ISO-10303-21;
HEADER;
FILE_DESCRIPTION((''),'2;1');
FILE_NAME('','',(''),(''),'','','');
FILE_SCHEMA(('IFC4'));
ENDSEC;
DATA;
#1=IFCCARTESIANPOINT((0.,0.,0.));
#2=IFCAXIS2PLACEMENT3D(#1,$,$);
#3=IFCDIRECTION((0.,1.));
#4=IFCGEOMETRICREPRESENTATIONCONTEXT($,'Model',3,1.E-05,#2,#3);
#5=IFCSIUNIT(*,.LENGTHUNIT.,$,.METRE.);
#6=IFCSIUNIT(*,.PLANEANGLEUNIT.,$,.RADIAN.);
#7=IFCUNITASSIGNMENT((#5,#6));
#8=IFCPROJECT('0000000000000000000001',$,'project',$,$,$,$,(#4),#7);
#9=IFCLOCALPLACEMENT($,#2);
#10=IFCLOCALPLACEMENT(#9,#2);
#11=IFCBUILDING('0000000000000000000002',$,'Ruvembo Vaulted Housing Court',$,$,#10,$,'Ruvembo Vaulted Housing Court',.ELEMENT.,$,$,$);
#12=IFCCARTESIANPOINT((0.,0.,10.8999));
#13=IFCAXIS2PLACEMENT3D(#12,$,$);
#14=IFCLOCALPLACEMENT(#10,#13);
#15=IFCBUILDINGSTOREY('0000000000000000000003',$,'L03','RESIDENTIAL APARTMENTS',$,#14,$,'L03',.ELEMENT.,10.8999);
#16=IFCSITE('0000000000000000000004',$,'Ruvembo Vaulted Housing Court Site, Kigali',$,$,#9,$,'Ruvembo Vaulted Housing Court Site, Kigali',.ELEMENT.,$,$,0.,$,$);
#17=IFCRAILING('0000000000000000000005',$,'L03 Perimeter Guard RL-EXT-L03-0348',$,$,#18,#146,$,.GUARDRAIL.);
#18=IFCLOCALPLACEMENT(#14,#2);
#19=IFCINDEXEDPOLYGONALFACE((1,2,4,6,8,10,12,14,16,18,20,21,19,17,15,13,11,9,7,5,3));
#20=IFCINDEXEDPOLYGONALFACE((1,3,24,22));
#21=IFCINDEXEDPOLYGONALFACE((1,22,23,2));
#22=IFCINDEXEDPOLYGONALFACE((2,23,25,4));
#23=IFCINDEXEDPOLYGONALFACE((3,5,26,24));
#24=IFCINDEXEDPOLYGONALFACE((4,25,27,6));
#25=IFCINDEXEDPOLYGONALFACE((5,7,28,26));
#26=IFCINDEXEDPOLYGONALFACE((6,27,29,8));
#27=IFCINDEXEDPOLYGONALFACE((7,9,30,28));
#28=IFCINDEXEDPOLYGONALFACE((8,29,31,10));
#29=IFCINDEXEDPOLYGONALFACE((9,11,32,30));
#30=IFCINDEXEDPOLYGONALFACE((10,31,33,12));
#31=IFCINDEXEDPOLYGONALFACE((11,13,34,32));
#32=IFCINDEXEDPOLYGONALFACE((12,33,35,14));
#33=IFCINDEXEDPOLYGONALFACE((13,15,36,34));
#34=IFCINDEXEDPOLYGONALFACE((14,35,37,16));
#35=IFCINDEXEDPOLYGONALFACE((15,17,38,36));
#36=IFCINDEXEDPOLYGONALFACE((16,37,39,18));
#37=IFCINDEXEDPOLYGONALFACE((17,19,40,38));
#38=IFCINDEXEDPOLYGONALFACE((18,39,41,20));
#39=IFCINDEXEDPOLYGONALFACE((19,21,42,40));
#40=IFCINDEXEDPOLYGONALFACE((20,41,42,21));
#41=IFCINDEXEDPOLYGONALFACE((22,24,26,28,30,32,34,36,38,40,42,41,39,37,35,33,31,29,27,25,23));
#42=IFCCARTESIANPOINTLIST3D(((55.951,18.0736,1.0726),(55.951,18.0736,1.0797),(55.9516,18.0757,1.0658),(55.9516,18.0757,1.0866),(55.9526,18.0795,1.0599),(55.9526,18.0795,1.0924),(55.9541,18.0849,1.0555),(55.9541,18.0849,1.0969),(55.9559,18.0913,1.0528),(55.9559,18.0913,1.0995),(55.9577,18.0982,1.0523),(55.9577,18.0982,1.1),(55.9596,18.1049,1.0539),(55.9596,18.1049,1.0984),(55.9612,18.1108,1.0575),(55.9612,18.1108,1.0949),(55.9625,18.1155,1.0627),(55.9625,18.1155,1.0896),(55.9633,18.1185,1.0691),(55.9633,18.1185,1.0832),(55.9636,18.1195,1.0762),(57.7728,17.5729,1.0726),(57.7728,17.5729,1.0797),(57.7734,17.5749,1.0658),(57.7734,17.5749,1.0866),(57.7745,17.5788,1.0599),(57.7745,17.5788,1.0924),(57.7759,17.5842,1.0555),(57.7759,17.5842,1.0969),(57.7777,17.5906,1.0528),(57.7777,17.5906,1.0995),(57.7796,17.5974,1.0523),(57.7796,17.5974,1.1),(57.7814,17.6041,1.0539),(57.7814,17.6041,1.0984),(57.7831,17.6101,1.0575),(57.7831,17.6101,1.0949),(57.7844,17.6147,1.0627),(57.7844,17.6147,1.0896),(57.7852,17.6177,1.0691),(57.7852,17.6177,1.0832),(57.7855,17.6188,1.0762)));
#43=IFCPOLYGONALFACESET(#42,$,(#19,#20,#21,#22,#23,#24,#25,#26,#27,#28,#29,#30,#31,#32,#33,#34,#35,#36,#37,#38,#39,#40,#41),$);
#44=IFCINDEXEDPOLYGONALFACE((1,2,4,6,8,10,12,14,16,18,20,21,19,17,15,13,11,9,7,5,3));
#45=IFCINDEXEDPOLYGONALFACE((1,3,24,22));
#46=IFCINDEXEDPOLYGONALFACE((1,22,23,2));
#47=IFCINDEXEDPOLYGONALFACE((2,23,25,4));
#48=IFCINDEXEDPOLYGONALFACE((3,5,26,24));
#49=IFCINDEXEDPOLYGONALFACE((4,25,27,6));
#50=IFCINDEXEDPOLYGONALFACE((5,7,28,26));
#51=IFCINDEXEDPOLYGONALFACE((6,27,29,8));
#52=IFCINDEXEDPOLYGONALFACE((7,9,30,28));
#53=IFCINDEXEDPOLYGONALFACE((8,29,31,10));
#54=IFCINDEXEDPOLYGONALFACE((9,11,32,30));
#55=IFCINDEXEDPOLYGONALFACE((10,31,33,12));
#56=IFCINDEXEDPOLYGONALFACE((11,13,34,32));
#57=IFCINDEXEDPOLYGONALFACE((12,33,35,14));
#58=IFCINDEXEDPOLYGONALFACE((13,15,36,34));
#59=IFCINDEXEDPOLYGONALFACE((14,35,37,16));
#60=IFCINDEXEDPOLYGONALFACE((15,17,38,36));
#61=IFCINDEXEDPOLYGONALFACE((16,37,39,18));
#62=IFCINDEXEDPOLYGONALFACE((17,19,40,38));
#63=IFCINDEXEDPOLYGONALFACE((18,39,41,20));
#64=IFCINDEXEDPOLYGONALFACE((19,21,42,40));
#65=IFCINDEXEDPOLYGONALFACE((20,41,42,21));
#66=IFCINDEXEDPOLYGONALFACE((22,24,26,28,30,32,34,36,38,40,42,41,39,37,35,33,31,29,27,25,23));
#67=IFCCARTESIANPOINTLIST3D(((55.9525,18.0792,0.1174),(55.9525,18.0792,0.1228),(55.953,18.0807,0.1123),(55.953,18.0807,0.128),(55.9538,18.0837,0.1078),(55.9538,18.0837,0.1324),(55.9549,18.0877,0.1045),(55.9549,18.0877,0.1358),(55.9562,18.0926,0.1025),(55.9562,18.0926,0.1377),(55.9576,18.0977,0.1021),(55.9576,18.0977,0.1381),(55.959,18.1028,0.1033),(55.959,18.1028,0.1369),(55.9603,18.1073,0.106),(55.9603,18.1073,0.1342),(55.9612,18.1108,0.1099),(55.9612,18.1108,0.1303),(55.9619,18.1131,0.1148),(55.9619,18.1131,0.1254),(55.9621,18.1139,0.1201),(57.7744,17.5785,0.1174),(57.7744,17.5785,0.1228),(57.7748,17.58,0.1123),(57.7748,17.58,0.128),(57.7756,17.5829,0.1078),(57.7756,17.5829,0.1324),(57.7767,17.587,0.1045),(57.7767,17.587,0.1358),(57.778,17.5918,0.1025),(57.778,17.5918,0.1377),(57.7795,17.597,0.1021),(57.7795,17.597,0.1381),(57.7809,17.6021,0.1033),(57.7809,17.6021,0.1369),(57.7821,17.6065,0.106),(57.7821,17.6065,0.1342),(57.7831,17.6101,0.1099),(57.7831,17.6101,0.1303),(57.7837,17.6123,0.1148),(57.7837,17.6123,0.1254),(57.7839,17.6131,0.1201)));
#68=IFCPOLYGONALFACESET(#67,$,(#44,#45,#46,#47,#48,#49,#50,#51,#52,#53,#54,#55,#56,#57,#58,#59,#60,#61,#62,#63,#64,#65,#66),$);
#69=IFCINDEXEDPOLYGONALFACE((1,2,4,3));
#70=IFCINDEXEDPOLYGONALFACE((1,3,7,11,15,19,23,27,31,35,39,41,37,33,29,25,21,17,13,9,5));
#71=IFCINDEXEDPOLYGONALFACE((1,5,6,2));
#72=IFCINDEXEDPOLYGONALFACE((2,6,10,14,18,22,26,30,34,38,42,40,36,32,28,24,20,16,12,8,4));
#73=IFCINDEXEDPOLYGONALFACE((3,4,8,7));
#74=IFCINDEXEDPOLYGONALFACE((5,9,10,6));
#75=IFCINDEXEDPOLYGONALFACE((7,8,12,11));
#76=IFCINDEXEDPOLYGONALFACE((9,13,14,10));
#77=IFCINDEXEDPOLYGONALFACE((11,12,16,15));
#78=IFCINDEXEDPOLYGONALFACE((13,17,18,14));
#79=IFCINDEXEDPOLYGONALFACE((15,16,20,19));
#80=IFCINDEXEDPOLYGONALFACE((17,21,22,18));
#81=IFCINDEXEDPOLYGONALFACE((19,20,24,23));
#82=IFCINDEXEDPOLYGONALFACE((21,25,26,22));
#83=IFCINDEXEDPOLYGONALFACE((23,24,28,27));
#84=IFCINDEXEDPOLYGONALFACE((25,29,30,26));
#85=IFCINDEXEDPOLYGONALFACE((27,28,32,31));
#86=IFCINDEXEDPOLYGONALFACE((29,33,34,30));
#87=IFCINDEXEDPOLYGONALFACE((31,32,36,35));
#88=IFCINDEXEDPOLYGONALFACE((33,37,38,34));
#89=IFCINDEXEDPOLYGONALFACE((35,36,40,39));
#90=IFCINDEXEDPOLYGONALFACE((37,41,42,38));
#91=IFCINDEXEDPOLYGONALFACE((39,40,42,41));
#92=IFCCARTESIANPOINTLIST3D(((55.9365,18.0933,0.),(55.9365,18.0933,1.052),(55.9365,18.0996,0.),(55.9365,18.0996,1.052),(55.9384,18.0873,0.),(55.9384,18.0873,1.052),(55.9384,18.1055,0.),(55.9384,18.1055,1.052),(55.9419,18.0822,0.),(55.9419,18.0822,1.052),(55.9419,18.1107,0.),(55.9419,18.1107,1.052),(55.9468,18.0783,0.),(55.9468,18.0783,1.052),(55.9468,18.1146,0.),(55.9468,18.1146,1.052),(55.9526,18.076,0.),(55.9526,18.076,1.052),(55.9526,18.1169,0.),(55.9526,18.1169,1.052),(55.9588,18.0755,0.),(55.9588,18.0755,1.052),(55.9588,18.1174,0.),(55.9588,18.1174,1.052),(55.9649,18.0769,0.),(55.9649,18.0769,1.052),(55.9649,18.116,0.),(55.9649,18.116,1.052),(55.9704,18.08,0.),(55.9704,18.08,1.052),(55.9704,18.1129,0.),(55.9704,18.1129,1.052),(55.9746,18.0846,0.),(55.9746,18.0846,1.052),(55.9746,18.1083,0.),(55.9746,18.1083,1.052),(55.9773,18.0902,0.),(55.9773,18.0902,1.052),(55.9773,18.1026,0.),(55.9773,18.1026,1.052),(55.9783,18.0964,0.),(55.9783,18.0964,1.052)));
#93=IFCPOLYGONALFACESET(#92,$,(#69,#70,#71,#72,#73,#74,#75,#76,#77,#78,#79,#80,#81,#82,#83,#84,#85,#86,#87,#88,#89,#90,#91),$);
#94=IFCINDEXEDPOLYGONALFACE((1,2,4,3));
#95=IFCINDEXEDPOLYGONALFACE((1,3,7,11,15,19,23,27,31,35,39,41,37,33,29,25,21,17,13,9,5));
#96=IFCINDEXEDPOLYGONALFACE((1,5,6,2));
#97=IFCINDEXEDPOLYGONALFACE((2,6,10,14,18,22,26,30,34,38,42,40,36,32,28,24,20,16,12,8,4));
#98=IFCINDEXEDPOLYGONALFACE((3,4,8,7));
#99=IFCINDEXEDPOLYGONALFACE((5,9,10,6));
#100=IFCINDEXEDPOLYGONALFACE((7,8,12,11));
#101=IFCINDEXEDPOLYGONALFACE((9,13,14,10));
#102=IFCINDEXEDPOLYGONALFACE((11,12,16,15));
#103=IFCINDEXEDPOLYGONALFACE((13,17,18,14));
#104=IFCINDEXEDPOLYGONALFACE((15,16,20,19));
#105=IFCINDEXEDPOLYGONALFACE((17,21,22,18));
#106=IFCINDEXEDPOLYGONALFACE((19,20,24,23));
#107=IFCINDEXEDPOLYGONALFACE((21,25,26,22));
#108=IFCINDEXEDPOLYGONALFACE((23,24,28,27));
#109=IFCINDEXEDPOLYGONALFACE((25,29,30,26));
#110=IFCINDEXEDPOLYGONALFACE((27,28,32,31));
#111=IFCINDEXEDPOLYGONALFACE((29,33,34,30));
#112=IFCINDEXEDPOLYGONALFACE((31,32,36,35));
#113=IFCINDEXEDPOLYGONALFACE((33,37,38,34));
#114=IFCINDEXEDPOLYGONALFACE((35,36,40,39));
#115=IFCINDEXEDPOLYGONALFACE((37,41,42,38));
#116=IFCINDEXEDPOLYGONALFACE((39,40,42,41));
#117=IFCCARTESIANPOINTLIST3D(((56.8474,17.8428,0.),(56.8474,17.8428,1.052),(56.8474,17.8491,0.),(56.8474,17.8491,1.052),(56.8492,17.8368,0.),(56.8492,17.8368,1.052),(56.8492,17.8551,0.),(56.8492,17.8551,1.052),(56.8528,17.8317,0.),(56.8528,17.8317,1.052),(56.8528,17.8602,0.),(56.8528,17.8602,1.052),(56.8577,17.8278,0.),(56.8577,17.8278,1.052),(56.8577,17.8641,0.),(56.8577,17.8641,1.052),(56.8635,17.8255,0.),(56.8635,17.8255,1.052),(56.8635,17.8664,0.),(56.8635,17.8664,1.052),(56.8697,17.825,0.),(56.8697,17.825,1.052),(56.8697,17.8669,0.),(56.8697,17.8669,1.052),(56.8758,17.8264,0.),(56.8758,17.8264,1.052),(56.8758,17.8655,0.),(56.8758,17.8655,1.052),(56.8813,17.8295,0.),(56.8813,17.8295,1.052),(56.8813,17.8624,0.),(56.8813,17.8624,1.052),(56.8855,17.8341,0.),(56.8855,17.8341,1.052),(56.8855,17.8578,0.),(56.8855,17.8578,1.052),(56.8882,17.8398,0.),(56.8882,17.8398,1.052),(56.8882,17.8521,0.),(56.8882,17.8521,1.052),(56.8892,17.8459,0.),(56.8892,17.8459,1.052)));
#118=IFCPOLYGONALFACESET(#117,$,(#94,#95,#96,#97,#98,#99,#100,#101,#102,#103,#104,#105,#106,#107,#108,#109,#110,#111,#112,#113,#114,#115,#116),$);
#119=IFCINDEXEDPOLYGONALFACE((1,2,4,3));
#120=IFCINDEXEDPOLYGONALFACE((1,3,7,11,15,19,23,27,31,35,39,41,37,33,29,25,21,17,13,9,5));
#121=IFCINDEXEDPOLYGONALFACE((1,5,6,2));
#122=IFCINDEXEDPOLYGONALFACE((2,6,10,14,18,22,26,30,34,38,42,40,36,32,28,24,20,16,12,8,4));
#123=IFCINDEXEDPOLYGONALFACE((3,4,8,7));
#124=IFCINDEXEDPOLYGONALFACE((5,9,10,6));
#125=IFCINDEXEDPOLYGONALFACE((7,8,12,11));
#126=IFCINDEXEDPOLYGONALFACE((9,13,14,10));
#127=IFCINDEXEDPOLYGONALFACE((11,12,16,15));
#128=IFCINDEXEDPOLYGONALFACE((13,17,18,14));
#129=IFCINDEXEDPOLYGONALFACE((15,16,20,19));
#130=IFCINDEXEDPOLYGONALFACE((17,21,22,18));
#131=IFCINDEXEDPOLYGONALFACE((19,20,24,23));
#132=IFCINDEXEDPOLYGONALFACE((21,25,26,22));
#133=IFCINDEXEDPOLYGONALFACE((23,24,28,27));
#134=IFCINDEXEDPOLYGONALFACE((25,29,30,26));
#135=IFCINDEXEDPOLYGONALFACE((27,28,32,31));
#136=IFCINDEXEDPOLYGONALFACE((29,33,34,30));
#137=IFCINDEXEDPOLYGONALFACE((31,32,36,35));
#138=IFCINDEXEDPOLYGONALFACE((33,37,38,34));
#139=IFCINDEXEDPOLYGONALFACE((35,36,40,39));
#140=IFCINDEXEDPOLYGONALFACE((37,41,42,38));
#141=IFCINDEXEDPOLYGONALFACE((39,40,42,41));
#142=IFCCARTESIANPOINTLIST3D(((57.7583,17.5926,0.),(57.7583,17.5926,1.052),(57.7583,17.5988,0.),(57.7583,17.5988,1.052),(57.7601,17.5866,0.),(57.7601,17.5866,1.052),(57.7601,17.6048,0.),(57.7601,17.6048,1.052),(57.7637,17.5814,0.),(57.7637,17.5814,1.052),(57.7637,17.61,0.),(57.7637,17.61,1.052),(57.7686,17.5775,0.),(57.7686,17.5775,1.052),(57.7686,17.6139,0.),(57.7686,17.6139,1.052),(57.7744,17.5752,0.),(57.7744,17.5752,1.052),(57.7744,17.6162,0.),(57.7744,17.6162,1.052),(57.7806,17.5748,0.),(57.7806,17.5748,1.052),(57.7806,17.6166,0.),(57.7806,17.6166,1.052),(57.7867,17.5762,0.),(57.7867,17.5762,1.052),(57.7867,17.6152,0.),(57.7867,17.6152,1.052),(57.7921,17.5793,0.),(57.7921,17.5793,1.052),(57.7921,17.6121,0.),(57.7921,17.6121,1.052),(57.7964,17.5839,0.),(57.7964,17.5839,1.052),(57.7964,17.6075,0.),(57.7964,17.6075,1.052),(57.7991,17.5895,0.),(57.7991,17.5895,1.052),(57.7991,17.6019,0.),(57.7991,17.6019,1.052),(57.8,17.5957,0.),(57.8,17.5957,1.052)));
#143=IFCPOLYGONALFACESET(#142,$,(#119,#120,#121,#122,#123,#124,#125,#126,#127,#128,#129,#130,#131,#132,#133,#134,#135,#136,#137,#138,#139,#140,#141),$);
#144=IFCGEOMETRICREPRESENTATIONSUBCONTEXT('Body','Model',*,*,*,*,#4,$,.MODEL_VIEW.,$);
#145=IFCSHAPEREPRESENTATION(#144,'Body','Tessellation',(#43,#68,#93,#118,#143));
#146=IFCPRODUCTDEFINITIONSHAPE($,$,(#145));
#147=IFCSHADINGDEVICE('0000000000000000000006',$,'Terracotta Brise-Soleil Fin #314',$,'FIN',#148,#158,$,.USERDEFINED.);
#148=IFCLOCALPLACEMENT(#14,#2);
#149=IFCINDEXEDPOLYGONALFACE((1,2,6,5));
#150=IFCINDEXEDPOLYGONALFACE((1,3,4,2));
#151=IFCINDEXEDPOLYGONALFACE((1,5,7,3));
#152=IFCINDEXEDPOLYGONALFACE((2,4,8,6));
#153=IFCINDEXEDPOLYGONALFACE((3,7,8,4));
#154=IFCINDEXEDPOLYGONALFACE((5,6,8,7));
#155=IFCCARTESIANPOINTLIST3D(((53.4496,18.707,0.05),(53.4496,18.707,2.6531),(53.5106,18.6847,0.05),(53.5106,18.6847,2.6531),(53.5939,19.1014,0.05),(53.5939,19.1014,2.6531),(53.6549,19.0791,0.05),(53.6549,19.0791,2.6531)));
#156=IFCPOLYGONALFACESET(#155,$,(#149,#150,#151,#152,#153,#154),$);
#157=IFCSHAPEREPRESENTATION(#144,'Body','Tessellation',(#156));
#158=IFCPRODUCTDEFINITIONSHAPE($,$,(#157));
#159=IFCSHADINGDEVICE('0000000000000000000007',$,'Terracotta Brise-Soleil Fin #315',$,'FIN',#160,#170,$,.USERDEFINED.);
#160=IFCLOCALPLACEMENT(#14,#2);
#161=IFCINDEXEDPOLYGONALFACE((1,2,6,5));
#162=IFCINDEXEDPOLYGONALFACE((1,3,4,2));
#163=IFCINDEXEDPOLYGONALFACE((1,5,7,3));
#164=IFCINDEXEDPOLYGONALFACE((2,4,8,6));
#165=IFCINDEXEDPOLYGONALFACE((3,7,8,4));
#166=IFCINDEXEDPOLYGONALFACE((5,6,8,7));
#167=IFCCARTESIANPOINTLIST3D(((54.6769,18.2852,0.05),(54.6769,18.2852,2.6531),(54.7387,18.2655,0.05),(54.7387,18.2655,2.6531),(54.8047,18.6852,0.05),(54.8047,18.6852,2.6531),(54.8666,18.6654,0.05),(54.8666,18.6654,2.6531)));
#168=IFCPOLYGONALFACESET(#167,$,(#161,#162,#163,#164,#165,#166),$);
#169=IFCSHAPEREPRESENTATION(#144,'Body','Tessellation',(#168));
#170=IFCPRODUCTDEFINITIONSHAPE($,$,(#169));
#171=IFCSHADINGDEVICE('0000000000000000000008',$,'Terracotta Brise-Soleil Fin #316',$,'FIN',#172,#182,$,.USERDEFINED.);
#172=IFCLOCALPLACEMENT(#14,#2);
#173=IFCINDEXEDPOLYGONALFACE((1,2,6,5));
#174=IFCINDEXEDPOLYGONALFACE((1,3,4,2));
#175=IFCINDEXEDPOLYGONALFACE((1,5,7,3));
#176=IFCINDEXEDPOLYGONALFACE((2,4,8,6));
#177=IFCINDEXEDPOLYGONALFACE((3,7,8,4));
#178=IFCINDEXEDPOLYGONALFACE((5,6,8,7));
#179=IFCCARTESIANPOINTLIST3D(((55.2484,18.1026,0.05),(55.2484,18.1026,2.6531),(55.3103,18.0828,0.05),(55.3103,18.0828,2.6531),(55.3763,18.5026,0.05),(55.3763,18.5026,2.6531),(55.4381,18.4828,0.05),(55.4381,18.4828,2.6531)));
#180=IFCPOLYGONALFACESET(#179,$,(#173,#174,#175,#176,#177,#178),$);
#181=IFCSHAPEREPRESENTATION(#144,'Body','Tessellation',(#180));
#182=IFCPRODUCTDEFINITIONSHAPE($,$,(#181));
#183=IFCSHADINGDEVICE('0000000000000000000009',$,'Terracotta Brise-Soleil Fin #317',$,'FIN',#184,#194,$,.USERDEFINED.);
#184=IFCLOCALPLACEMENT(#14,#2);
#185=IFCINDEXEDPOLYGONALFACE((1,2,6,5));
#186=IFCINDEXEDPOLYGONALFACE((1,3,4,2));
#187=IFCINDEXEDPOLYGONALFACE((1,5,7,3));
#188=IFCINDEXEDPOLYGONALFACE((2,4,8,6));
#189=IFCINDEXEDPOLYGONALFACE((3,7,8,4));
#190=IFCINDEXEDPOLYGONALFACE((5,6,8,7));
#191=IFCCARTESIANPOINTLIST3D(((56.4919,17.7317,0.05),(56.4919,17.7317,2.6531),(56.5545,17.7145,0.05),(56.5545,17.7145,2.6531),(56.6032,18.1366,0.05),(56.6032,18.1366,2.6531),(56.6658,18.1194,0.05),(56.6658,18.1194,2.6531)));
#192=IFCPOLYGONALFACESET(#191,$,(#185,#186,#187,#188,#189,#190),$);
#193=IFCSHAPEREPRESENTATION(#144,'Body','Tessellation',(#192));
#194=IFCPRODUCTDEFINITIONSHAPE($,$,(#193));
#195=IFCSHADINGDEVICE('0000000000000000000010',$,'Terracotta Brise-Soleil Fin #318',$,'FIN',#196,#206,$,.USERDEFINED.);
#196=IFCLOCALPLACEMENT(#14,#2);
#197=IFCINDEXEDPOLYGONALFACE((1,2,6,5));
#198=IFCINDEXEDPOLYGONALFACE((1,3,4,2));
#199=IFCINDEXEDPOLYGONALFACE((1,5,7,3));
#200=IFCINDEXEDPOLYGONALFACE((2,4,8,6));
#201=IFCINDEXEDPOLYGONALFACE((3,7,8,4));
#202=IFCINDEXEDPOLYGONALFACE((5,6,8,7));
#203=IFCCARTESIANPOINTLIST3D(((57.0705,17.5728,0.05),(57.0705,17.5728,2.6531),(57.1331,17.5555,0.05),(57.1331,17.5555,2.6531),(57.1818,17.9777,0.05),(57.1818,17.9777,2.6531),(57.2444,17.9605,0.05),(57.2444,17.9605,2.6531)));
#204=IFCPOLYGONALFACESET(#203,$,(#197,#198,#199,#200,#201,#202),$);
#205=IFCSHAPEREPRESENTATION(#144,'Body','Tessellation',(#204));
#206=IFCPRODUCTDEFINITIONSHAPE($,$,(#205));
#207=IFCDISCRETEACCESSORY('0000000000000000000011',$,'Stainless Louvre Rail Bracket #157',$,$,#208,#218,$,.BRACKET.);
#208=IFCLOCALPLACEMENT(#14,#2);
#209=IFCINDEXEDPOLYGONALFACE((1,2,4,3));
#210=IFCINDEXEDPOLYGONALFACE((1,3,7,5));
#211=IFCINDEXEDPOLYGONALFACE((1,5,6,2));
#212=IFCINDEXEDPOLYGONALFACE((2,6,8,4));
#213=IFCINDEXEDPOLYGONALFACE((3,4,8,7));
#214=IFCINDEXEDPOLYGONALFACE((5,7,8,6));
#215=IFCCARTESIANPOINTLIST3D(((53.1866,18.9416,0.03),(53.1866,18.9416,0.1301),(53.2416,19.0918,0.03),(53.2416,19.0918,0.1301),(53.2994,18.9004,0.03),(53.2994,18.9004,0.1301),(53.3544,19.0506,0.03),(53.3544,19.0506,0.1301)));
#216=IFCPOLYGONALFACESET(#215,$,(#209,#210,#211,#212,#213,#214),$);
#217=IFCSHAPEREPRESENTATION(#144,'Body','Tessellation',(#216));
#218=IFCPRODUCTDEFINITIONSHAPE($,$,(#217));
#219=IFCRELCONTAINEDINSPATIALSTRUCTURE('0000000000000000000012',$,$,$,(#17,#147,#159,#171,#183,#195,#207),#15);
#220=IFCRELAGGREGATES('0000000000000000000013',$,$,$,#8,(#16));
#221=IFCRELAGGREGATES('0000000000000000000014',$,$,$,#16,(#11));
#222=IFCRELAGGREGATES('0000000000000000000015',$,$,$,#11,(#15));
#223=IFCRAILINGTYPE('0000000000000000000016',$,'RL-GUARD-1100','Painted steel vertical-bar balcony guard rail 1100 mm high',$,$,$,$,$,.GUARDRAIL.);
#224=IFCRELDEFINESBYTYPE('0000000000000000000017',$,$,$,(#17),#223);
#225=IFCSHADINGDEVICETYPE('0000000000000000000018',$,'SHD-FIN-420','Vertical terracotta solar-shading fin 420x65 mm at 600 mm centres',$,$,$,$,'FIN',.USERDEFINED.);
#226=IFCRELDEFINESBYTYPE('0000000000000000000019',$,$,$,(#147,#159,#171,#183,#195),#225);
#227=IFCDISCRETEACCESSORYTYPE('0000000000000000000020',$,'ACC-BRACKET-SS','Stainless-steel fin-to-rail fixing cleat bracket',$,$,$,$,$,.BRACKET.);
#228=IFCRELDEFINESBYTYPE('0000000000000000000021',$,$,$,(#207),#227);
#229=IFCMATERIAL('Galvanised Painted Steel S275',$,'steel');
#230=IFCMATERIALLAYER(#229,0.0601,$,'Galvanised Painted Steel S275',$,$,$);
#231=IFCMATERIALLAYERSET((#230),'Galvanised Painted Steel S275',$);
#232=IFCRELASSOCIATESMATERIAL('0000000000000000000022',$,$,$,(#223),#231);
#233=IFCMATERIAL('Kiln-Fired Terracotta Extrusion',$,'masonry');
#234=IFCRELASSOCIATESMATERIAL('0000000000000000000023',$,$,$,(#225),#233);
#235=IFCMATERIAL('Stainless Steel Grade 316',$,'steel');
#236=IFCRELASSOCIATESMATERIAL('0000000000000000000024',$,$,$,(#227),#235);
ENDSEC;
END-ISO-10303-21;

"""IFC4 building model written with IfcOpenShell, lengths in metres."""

from ifc_helpers import new_model, si_unit, direction, frame, origin, origin_2d, place, context, subcontext, project, spatial, rectangle, circle, extrude, material, layer, layer_set, type_object, element, save


model = new_model("IFC4")

# Units and contexts
model_context = context("Model", 3, precision=1e-05, world=origin(), true_north=direction((0.0, 1.0)))
body_context = subcontext(model_context, "Body", "Model", "MODEL_VIEW")
ifc_project = project(units=[si_unit("LENGTHUNIT", "METRE"), si_unit("PLANEANGLEUNIT", "RADIAN")], contexts=[model_context])

# Site, building, storey
site_placement = place(None, origin())
site = spatial("IfcSite", under=ifc_project, at=site_placement, Name="Ruvembo Vaulted Housing Court Site, Kigali", LongName="Ruvembo Vaulted Housing Court Site, Kigali", CompositionType="ELEMENT", RefElevation=0.0)
building_placement = place(site_placement, origin())
building = spatial("IfcBuilding", under=site, at=building_placement, Name="Ruvembo Vaulted Housing Court", LongName="Ruvembo Vaulted Housing Court", CompositionType="ELEMENT")
storey_placement = place(building_placement, frame((0.0, 0.0, 10.8999)))
storey = spatial("IfcBuildingStorey", under=building, at=storey_placement, Name="L03", Description="RESIDENTIAL APARTMENTS", LongName="L03", CompositionType="ELEMENT", Elevation=10.8999)

# Railing
ifc_material_1 = material(Name="Galvanised Painted Steel S275", Category="steel")
ifc_layer = layer(ifc_material_1, 0.0601, Name="Galvanised Painted Steel S275")
ifc_layer_set = layer_set([ifc_layer], Name="Galvanised Painted Steel S275")
railing_type = type_object("IfcRailingType", Name="RL-GUARD-1100", Description="Painted steel vertical-bar balcony guard rail 1100 mm high", PredefinedType="GUARDRAIL", material=ifc_layer_set)
railing_1_placement = place(storey_placement, frame((55.9573, 18.0964, 0.0)))
element("IfcRailing", 1, at=railing_1_placement, inside=storey, type_object=railing_type, Name="L03 Perimeter Guard RL-EXT-L03-0348", PredefinedType="GUARDRAIL", context=body_context, shape_type="SweptSolid", body=[
    extrude(circle(Radius=0.0239, at=origin_2d()), frame((0.0, 0.0, 1.0762), z_axis=(0.96424, -0.26503, 0.0), x_axis=(0.26503, 0.96424, 0.0)), (0.0, 0.0, 1.0), 1.8894),
    extrude(circle(Radius=0.0181, at=origin_2d()), frame((0.0, 0.0, 0.1201), z_axis=(0.96424, -0.26503, 0.0), x_axis=(0.26503, 0.96424, 0.0)), (0.0, 0.0, 1.0), 1.8894),
    extrude(circle(Radius=0.021, at=origin_2d()), origin(), (0.0, 0.0, 1.0), 1.052),
    extrude(circle(Radius=0.021, at=origin_2d()), frame((0.9109, -0.2505, 0.0)), (0.0, 0.0, 1.0), 1.052),
    extrude(circle(Radius=0.021, at=origin_2d()), frame((1.8218, -0.5007, 0.0)), (0.0, 0.0, 1.0), 1.052),
])

# Shading devices
ifc_material_2 = material(Name="Kiln-Fired Terracotta Extrusion", Category="masonry")
shading_device_type = type_object("IfcShadingDeviceType", Name="SHD-FIN-420", Description="Vertical terracotta solar-shading fin 420x65 mm at 600 mm centres", ElementType="FIN", PredefinedType="USERDEFINED", material=ifc_material_2)
for number, where, z_axis, x_axis, name in (
    (2, (53.5522, 18.8931, 0.05), (0.0, 0.0, 1.0), (-0.343512, -0.939148, 0.0), "Terracotta Brise-Soleil Fin #314"),
    (3, (54.7717, 18.4753, 0.05), (0.0, 0.0, 1.0), (-0.304449, -0.952529, 0.0), "Terracotta Brise-Soleil Fin #315"),
    (4, (55.3433, 18.2927, 0.05), (0.0, 0.0, 1.0), (-0.304449, -0.952529, 0.0), "Terracotta Brise-Soleil Fin #316"),
    (5, (56.5789, 17.9255, 0.05), (0.0, 0.0, 1.0), (-0.264984, -0.964253, 0.0), "Terracotta Brise-Soleil Fin #317"),
    (6, (57.1575, 17.7666, 0.05), (0.0, 0.0, 1.0), (-0.264984, -0.964253, 0.0), "Terracotta Brise-Soleil Fin #318"),
):
    element("IfcShadingDevice", number, at=place(storey_placement, frame(where, z_axis=z_axis, x_axis=x_axis)), inside=storey, type_object=shading_device_type, Name=name, ObjectType="FIN", PredefinedType="USERDEFINED", context=body_context, shape_type="SweptSolid", body=[
        extrude(rectangle(XDim=0.4199, YDim=0.0649, at=origin_2d()), origin(), (0.0, 0.0, 1.0), 2.603),
    ])

# Discrete accessory
ifc_material_3 = material(Name="Stainless Steel Grade 316", Category="steel")
discrete_accessory_type = type_object("IfcDiscreteAccessoryType", Name="ACC-BRACKET-SS", Description="Stainless-steel fin-to-rail fixing cleat bracket", PredefinedType="BRACKET", material=ifc_material_3)
for number, where, z_axis, x_axis, name in (
    (7, (53.2705, 18.9961, 0.03), (0.0, 0.0, 1.0), (-0.343512, -0.939148, 0.0), "Stainless Louvre Rail Bracket #157"),
):
    element("IfcDiscreteAccessory", number, at=place(storey_placement, frame(where, z_axis=z_axis, x_axis=x_axis)), inside=storey, type_object=discrete_accessory_type, Name=name, PredefinedType="BRACKET", context=body_context, shape_type="SweptSolid", body=[
        extrude(rectangle(XDim=0.1599, YDim=0.1201, at=origin_2d()), origin(), (0.0, 0.0, 1.0), 0.1001),
    ])

save(model, "model.ifc")
